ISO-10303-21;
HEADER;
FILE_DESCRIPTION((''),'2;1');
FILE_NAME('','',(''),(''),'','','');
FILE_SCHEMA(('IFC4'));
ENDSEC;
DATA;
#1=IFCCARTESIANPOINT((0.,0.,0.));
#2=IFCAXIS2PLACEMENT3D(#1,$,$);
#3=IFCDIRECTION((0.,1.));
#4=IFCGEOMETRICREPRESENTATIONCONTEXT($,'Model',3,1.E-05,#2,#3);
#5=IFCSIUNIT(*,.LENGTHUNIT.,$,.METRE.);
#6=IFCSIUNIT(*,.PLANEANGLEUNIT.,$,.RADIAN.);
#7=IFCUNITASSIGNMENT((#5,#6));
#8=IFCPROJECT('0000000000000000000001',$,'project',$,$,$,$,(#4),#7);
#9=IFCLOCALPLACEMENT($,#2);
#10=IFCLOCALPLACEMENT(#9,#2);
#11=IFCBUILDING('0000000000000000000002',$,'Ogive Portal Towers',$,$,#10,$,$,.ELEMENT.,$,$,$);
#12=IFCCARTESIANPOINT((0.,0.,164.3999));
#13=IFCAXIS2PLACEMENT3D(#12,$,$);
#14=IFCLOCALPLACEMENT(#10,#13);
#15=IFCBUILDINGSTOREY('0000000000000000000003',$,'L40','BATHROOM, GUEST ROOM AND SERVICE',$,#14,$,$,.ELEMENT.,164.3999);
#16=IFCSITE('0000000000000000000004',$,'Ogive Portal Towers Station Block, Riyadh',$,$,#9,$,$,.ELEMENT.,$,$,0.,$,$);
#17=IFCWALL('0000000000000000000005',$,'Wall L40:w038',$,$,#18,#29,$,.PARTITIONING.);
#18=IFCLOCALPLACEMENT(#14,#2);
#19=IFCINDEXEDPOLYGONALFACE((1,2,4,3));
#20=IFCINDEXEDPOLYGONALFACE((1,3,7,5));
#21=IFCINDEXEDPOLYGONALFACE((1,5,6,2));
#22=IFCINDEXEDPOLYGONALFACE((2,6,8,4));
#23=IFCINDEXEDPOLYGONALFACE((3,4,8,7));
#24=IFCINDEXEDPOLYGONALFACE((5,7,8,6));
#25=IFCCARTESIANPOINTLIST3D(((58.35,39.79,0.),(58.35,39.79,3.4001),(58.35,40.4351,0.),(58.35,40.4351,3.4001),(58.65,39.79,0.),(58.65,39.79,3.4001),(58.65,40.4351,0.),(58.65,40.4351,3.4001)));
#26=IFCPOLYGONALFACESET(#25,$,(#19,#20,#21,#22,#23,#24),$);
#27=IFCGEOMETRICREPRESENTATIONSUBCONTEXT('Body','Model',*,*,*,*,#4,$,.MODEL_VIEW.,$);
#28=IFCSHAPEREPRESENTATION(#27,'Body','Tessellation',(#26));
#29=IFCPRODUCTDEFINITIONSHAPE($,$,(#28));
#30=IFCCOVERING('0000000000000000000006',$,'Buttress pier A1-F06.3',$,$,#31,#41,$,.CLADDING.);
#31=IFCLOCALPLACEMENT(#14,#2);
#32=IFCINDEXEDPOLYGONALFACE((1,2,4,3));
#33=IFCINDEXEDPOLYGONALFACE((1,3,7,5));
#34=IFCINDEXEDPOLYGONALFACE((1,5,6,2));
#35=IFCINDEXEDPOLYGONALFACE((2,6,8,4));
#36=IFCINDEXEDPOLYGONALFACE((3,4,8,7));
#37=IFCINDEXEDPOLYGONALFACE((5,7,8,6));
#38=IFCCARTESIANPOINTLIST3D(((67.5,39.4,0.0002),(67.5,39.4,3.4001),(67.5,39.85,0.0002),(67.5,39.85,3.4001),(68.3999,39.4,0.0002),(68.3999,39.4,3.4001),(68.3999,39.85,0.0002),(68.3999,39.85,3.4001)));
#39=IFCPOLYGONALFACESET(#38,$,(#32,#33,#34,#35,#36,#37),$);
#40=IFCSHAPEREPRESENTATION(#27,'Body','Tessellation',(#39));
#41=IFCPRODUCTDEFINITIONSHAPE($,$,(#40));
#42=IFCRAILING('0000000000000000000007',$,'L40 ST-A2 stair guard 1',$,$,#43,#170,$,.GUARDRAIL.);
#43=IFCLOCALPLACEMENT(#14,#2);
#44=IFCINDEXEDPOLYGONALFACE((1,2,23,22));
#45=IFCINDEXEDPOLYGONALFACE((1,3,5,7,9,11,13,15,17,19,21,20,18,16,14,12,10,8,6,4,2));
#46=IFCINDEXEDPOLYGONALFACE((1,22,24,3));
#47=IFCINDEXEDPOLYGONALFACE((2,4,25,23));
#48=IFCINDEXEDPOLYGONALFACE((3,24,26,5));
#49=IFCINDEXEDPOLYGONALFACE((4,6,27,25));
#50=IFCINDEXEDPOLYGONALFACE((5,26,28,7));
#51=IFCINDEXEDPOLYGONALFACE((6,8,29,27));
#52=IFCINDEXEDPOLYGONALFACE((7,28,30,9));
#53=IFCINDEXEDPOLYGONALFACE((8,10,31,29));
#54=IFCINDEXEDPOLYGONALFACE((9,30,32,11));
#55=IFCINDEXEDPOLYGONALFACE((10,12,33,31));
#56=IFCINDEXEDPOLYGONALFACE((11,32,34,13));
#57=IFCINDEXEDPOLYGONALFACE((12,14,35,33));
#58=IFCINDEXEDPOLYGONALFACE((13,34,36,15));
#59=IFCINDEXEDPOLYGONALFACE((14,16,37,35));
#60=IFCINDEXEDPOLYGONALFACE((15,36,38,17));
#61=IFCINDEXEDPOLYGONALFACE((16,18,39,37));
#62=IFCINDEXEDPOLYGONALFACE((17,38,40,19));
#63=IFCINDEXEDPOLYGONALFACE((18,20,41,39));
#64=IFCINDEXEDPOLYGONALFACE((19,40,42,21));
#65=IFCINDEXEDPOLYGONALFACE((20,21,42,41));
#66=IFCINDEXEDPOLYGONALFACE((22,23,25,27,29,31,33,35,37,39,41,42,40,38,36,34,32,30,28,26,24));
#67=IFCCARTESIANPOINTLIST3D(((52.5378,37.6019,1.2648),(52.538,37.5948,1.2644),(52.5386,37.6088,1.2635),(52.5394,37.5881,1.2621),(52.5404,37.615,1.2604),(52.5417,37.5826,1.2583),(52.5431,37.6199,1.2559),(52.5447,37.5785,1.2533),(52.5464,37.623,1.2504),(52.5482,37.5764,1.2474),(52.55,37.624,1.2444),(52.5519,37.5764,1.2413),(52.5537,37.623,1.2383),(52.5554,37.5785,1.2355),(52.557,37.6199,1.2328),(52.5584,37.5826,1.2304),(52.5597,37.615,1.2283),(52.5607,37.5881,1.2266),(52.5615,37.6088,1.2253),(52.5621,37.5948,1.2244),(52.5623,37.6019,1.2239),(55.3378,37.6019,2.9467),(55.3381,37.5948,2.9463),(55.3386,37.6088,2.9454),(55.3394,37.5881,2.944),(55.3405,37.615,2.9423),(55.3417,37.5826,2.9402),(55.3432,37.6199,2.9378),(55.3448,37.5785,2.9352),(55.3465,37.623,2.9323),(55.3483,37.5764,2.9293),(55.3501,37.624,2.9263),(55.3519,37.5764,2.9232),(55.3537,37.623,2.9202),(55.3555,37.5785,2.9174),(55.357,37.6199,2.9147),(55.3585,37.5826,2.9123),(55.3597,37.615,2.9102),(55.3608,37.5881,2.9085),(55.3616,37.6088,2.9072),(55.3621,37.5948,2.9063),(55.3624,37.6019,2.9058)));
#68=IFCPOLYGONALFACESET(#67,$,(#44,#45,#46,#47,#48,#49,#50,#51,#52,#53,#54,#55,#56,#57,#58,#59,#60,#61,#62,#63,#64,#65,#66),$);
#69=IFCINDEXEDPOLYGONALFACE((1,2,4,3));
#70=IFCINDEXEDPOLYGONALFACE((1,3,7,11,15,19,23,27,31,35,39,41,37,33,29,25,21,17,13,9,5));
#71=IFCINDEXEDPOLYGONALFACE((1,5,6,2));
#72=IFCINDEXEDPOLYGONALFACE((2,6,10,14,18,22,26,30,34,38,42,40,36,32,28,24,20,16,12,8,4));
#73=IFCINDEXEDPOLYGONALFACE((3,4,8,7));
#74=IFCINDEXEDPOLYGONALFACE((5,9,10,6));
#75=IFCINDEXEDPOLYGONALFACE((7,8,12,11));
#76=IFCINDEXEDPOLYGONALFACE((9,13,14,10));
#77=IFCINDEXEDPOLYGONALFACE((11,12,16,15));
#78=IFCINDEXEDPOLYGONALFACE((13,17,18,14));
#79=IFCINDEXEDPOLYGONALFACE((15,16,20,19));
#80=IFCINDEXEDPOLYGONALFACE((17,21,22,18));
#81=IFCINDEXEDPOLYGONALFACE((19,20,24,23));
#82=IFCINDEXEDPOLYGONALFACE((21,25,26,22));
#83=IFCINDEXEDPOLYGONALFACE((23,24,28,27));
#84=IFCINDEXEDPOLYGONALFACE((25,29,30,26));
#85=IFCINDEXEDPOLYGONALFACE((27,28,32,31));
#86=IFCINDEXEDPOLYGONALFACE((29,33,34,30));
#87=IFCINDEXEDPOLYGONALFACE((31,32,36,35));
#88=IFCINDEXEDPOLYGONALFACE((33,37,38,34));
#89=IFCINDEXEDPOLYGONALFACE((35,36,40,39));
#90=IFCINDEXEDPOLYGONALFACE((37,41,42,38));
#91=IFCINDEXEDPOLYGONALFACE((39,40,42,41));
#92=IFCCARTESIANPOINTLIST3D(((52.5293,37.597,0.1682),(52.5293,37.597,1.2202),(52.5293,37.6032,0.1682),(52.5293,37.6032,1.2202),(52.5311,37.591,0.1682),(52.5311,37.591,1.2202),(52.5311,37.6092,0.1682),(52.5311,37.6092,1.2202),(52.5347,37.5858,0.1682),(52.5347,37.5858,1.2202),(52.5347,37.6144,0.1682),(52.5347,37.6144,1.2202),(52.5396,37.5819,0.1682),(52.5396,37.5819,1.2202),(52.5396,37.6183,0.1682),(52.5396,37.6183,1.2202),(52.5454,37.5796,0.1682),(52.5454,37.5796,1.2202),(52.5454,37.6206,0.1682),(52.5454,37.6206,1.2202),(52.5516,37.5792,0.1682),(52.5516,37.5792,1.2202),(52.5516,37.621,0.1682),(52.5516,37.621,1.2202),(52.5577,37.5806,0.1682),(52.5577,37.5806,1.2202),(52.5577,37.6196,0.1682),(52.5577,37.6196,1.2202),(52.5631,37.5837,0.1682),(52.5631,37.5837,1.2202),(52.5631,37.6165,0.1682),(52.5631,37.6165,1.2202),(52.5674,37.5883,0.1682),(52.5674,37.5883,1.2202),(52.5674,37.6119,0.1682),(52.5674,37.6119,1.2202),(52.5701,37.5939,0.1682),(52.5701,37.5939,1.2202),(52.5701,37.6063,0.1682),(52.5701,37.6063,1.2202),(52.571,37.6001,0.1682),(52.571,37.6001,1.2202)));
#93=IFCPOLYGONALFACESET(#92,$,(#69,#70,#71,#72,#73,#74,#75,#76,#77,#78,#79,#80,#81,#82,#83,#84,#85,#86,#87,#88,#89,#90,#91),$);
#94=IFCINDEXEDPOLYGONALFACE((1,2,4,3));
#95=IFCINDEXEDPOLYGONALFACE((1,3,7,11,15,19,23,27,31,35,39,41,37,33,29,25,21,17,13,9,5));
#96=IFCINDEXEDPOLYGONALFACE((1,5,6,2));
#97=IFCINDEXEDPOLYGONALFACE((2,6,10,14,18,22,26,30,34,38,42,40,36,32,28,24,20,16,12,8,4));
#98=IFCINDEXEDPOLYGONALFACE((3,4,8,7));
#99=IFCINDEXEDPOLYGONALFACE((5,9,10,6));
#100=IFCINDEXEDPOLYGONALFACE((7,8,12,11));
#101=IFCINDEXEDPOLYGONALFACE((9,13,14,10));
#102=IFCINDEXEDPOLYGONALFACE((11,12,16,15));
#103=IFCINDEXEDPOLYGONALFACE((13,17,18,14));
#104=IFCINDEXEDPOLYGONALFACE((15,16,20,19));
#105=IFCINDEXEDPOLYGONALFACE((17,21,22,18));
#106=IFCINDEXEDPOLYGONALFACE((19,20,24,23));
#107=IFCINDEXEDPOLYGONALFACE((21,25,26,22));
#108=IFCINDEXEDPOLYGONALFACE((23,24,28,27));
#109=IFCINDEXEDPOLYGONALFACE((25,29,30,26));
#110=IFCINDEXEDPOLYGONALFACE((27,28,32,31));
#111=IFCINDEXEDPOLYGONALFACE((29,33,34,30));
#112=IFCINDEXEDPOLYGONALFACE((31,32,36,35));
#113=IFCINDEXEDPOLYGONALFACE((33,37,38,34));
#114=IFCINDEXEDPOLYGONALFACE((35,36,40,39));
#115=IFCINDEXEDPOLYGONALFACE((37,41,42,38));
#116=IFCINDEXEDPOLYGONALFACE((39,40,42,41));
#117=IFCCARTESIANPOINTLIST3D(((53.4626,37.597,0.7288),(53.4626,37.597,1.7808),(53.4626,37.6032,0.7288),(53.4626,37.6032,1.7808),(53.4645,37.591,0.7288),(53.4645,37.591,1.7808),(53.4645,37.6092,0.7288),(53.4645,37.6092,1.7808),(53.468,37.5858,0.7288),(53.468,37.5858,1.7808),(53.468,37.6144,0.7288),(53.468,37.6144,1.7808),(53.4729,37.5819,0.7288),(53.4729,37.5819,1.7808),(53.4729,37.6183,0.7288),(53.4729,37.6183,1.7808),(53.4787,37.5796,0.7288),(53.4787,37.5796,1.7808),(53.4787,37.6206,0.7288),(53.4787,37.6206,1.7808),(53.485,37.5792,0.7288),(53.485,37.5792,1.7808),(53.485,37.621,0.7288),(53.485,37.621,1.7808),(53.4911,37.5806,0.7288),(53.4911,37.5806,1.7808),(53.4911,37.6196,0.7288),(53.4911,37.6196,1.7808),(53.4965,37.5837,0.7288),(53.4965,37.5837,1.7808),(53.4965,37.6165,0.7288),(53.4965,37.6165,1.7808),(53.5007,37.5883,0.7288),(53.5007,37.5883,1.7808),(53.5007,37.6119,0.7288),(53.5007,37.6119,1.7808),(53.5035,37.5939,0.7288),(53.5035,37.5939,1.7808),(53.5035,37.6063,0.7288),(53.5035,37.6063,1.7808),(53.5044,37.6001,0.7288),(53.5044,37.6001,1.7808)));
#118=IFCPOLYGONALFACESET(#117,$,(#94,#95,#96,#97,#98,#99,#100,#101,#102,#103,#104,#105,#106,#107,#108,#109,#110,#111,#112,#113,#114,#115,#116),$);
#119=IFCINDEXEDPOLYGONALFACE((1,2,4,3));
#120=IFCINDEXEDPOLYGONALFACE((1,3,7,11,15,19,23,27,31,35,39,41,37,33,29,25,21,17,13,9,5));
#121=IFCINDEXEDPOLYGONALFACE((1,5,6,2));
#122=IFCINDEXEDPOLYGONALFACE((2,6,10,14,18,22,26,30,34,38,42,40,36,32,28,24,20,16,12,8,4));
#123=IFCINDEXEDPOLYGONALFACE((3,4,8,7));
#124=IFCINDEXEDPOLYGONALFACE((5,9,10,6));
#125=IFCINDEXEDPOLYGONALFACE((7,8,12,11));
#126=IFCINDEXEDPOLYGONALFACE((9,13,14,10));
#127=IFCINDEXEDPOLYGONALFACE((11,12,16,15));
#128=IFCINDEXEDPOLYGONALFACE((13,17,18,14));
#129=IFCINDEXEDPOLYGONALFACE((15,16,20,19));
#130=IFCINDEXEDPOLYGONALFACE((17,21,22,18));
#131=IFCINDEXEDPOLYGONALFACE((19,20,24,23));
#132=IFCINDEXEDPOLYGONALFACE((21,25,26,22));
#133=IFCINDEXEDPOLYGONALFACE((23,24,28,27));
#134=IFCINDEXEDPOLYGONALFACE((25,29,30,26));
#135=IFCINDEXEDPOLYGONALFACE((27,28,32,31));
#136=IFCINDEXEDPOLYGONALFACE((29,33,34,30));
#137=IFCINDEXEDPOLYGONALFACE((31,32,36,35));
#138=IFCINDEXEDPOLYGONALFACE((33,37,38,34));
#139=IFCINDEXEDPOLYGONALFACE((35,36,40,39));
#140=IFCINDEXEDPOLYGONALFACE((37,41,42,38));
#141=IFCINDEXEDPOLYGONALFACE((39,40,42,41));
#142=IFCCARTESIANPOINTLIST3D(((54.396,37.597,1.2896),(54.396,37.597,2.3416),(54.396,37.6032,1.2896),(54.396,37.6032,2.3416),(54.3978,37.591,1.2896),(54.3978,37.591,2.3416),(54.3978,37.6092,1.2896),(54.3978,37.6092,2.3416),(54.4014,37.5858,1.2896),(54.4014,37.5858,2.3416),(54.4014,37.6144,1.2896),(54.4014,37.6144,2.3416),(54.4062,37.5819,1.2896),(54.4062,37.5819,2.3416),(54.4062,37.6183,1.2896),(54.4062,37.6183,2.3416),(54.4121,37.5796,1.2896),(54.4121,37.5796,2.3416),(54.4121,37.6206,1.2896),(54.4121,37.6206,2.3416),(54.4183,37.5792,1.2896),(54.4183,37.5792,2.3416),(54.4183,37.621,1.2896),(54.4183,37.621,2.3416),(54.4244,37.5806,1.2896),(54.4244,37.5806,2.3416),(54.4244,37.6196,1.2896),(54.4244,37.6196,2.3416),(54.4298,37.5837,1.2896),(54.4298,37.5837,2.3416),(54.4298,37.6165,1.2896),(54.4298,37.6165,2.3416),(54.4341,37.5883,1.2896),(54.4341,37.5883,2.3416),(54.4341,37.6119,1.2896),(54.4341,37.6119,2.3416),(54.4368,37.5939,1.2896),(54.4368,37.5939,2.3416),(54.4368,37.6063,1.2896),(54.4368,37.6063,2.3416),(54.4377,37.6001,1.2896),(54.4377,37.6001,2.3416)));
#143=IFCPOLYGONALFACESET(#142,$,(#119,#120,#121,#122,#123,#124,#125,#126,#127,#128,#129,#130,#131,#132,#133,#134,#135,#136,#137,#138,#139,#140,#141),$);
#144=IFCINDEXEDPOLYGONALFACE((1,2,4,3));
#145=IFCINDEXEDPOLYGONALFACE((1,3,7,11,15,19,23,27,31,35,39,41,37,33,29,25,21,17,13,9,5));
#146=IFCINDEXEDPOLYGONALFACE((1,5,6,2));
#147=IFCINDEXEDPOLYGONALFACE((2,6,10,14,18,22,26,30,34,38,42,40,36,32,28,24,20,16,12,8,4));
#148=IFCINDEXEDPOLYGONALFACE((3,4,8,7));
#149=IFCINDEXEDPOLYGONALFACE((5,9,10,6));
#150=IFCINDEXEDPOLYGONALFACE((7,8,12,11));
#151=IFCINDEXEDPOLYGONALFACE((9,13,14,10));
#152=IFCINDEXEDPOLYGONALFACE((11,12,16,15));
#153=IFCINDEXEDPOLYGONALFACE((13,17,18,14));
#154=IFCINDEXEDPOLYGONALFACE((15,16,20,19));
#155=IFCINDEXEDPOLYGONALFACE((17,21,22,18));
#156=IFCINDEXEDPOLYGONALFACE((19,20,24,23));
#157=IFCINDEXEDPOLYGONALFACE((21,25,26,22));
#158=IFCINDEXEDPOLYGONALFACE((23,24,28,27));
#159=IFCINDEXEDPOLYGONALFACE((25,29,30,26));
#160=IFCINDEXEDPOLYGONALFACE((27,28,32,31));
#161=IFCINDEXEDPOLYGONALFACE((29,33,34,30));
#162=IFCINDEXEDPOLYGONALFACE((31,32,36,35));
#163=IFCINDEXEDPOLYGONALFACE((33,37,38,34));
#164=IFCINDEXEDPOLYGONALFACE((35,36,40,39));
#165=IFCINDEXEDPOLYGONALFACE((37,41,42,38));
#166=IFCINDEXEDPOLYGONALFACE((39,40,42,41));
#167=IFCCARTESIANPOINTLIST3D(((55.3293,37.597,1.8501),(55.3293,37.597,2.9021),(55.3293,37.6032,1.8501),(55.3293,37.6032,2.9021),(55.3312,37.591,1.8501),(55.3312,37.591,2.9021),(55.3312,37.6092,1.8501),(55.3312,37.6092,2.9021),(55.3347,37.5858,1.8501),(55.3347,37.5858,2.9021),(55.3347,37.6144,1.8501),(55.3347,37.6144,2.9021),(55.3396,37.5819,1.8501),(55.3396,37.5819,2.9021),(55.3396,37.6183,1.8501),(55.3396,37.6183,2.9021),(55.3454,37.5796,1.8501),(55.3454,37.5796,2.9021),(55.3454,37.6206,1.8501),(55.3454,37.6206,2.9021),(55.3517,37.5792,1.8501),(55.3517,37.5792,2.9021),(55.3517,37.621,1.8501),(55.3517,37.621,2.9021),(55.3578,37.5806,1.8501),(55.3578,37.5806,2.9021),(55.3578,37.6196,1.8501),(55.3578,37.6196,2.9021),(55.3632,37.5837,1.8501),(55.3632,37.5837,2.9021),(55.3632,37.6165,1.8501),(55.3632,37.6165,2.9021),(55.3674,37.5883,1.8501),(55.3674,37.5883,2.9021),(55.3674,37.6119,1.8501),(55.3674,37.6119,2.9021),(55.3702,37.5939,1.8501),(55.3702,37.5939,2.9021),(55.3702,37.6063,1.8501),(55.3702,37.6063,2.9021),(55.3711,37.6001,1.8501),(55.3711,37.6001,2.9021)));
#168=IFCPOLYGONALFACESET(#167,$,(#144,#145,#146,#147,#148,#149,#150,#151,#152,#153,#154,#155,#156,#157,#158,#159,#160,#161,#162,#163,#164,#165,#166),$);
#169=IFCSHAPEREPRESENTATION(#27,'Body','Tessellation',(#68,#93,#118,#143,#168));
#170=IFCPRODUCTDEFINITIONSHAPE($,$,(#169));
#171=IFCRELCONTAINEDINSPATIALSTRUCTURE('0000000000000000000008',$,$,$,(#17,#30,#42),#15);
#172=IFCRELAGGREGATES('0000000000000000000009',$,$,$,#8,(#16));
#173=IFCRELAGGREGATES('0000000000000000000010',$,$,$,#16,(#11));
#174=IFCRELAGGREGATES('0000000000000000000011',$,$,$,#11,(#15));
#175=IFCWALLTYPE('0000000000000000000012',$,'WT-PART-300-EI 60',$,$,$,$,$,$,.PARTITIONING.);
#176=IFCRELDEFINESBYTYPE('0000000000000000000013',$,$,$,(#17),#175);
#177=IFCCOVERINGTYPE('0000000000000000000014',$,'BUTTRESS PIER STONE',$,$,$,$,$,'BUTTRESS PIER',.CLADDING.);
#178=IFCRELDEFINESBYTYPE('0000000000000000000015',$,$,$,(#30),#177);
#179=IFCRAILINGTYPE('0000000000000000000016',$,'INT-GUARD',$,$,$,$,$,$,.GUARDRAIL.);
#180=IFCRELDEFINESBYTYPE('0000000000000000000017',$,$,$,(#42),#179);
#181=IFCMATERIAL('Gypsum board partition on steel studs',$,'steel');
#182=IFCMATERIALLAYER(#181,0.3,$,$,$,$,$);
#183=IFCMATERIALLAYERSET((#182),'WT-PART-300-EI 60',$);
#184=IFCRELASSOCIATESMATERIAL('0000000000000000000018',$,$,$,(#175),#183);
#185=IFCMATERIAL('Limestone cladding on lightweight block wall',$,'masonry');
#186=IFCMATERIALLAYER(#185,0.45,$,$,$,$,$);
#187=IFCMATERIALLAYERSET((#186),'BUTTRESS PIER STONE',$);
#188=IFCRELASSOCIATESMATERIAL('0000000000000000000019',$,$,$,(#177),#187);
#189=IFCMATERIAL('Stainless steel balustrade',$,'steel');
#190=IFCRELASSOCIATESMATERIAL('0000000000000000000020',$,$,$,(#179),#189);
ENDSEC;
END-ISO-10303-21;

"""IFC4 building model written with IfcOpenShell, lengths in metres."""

from ifc_helpers import new_model, si_unit, direction, frame, frame_2d, origin, origin_2d, place, context, subcontext, project, spatial, rectangle, circle, extrude, material, layer, layer_set, type_object, element, save


model = new_model("IFC4")

# Units and contexts
model_context = context("Model", 3, precision=1e-05, world=origin(), true_north=direction((0.0, 1.0)))
body_context = subcontext(model_context, "Body", "Model", "MODEL_VIEW")
ifc_project = project(units=[si_unit("LENGTHUNIT", "METRE"), si_unit("PLANEANGLEUNIT", "RADIAN")], contexts=[model_context])

# Site, building, storey
site_placement = place(None, origin())
site = spatial("IfcSite", under=ifc_project, at=site_placement, Name="Ogive Portal Towers Station Block, Riyadh", CompositionType="ELEMENT", RefElevation=0.0)
building_placement = place(site_placement, origin())
building = spatial("IfcBuilding", under=site, at=building_placement, Name="Ogive Portal Towers", CompositionType="ELEMENT")
storey_placement = place(building_placement, frame((0.0, 0.0, 164.3999)))
storey = spatial("IfcBuildingStorey", under=building, at=storey_placement, Name="L40", Description="BATHROOM, GUEST ROOM AND SERVICE", CompositionType="ELEMENT", Elevation=164.3999)

# Shared definitions
ifc_material_1 = material(Name="Gypsum board partition on steel studs", Category="steel")
ifc_layer_1 = layer(ifc_material_1, 0.3)
ifc_layer_set_1 = layer_set([ifc_layer_1], Name="WT-PART-300-EI 60")
wall_type_1 = type_object("IfcWallType", Name="WT-PART-300-EI 60", PredefinedType="PARTITIONING", material=ifc_layer_set_1)

# Wall
wall_1_placement = place(storey_placement, frame((58.5, 39.79, 0.0), z_axis=(0.0, 0.0, 1.0), x_axis=(0.0, 1.0, 0.0)))
element("IfcWall", 1, at=wall_1_placement, inside=storey, type_object=wall_type_1, Name="Wall L40:w038", PredefinedType="PARTITIONING", context=body_context, shape_type="SweptSolid", body=[
    extrude(rectangle(XDim=0.645, YDim=0.3, at=frame_2d((0.3225, 0.0))), origin(), (0.0, 0.0, 1.0), 3.4001),
])

# Covering
ifc_material_2 = material(Name="Limestone cladding on lightweight block wall", Category="masonry")
ifc_layer_2 = layer(ifc_material_2, 0.45)
ifc_layer_set_2 = layer_set([ifc_layer_2], Name="BUTTRESS PIER STONE")
covering_type = type_object("IfcCoveringType", Name="BUTTRESS PIER STONE", ElementType="BUTTRESS PIER", PredefinedType="CLADDING", material=ifc_layer_set_2)
covering_placement = place(storey_placement, frame((67.95, 39.625, 0.0002), z_axis=(0.0, 0.0, 1.0), x_axis=(1.0, 0.0, 0.0)))
element("IfcCovering", 2, at=covering_placement, inside=storey, type_object=covering_type, Name="Buttress pier A1-F06.3", PredefinedType="CLADDING", context=body_context, shape_type="SweptSolid", body=[
    extrude(rectangle(XDim=0.8999, YDim=0.45, at=origin_2d()), origin(), (0.0, 0.0, 1.0), 3.3999),
])

# Railing
ifc_material_3 = material(Name="Stainless steel balustrade", Category="steel")
railing_type_1 = type_object("IfcRailingType", Name="INT-GUARD", PredefinedType="GUARDRAIL", material=ifc_material_3)
railing_1_placement = place(storey_placement, frame((52.55, 37.6001, 0.1682)))
element("IfcRailing", 3, at=railing_1_placement, inside=storey, type_object=railing_type_1, Name="L40 ST-A2 stair guard 1", PredefinedType="GUARDRAIL", context=body_context, shape_type="SweptSolid", body=[
    extrude(circle(Radius=0.0239, at=origin_2d()), frame((0.0, 0.0, 1.0762), z_axis=(0.857242, 0.0, 0.514913), x_axis=(0.0, 1.0, 0.0)), (0.0, 0.0, 1.0), 3.2664),
    extrude(circle(Radius=0.021, at=origin_2d()), origin(), (0.0, 0.0, 1.0), 1.052),
    extrude(circle(Radius=0.021, at=origin_2d()), frame((0.9333, 0.0, 0.5605)), (0.0, 0.0, 1.0), 1.052),
    extrude(circle(Radius=0.021, at=origin_2d()), frame((1.8667, 0.0, 1.1213)), (0.0, 0.0, 1.0), 1.052),
    extrude(circle(Radius=0.021, at=origin_2d()), frame((2.8, 0.0, 1.6819)), (0.0, 0.0, 1.0), 1.052),
])

save(model, "model.ifc")
